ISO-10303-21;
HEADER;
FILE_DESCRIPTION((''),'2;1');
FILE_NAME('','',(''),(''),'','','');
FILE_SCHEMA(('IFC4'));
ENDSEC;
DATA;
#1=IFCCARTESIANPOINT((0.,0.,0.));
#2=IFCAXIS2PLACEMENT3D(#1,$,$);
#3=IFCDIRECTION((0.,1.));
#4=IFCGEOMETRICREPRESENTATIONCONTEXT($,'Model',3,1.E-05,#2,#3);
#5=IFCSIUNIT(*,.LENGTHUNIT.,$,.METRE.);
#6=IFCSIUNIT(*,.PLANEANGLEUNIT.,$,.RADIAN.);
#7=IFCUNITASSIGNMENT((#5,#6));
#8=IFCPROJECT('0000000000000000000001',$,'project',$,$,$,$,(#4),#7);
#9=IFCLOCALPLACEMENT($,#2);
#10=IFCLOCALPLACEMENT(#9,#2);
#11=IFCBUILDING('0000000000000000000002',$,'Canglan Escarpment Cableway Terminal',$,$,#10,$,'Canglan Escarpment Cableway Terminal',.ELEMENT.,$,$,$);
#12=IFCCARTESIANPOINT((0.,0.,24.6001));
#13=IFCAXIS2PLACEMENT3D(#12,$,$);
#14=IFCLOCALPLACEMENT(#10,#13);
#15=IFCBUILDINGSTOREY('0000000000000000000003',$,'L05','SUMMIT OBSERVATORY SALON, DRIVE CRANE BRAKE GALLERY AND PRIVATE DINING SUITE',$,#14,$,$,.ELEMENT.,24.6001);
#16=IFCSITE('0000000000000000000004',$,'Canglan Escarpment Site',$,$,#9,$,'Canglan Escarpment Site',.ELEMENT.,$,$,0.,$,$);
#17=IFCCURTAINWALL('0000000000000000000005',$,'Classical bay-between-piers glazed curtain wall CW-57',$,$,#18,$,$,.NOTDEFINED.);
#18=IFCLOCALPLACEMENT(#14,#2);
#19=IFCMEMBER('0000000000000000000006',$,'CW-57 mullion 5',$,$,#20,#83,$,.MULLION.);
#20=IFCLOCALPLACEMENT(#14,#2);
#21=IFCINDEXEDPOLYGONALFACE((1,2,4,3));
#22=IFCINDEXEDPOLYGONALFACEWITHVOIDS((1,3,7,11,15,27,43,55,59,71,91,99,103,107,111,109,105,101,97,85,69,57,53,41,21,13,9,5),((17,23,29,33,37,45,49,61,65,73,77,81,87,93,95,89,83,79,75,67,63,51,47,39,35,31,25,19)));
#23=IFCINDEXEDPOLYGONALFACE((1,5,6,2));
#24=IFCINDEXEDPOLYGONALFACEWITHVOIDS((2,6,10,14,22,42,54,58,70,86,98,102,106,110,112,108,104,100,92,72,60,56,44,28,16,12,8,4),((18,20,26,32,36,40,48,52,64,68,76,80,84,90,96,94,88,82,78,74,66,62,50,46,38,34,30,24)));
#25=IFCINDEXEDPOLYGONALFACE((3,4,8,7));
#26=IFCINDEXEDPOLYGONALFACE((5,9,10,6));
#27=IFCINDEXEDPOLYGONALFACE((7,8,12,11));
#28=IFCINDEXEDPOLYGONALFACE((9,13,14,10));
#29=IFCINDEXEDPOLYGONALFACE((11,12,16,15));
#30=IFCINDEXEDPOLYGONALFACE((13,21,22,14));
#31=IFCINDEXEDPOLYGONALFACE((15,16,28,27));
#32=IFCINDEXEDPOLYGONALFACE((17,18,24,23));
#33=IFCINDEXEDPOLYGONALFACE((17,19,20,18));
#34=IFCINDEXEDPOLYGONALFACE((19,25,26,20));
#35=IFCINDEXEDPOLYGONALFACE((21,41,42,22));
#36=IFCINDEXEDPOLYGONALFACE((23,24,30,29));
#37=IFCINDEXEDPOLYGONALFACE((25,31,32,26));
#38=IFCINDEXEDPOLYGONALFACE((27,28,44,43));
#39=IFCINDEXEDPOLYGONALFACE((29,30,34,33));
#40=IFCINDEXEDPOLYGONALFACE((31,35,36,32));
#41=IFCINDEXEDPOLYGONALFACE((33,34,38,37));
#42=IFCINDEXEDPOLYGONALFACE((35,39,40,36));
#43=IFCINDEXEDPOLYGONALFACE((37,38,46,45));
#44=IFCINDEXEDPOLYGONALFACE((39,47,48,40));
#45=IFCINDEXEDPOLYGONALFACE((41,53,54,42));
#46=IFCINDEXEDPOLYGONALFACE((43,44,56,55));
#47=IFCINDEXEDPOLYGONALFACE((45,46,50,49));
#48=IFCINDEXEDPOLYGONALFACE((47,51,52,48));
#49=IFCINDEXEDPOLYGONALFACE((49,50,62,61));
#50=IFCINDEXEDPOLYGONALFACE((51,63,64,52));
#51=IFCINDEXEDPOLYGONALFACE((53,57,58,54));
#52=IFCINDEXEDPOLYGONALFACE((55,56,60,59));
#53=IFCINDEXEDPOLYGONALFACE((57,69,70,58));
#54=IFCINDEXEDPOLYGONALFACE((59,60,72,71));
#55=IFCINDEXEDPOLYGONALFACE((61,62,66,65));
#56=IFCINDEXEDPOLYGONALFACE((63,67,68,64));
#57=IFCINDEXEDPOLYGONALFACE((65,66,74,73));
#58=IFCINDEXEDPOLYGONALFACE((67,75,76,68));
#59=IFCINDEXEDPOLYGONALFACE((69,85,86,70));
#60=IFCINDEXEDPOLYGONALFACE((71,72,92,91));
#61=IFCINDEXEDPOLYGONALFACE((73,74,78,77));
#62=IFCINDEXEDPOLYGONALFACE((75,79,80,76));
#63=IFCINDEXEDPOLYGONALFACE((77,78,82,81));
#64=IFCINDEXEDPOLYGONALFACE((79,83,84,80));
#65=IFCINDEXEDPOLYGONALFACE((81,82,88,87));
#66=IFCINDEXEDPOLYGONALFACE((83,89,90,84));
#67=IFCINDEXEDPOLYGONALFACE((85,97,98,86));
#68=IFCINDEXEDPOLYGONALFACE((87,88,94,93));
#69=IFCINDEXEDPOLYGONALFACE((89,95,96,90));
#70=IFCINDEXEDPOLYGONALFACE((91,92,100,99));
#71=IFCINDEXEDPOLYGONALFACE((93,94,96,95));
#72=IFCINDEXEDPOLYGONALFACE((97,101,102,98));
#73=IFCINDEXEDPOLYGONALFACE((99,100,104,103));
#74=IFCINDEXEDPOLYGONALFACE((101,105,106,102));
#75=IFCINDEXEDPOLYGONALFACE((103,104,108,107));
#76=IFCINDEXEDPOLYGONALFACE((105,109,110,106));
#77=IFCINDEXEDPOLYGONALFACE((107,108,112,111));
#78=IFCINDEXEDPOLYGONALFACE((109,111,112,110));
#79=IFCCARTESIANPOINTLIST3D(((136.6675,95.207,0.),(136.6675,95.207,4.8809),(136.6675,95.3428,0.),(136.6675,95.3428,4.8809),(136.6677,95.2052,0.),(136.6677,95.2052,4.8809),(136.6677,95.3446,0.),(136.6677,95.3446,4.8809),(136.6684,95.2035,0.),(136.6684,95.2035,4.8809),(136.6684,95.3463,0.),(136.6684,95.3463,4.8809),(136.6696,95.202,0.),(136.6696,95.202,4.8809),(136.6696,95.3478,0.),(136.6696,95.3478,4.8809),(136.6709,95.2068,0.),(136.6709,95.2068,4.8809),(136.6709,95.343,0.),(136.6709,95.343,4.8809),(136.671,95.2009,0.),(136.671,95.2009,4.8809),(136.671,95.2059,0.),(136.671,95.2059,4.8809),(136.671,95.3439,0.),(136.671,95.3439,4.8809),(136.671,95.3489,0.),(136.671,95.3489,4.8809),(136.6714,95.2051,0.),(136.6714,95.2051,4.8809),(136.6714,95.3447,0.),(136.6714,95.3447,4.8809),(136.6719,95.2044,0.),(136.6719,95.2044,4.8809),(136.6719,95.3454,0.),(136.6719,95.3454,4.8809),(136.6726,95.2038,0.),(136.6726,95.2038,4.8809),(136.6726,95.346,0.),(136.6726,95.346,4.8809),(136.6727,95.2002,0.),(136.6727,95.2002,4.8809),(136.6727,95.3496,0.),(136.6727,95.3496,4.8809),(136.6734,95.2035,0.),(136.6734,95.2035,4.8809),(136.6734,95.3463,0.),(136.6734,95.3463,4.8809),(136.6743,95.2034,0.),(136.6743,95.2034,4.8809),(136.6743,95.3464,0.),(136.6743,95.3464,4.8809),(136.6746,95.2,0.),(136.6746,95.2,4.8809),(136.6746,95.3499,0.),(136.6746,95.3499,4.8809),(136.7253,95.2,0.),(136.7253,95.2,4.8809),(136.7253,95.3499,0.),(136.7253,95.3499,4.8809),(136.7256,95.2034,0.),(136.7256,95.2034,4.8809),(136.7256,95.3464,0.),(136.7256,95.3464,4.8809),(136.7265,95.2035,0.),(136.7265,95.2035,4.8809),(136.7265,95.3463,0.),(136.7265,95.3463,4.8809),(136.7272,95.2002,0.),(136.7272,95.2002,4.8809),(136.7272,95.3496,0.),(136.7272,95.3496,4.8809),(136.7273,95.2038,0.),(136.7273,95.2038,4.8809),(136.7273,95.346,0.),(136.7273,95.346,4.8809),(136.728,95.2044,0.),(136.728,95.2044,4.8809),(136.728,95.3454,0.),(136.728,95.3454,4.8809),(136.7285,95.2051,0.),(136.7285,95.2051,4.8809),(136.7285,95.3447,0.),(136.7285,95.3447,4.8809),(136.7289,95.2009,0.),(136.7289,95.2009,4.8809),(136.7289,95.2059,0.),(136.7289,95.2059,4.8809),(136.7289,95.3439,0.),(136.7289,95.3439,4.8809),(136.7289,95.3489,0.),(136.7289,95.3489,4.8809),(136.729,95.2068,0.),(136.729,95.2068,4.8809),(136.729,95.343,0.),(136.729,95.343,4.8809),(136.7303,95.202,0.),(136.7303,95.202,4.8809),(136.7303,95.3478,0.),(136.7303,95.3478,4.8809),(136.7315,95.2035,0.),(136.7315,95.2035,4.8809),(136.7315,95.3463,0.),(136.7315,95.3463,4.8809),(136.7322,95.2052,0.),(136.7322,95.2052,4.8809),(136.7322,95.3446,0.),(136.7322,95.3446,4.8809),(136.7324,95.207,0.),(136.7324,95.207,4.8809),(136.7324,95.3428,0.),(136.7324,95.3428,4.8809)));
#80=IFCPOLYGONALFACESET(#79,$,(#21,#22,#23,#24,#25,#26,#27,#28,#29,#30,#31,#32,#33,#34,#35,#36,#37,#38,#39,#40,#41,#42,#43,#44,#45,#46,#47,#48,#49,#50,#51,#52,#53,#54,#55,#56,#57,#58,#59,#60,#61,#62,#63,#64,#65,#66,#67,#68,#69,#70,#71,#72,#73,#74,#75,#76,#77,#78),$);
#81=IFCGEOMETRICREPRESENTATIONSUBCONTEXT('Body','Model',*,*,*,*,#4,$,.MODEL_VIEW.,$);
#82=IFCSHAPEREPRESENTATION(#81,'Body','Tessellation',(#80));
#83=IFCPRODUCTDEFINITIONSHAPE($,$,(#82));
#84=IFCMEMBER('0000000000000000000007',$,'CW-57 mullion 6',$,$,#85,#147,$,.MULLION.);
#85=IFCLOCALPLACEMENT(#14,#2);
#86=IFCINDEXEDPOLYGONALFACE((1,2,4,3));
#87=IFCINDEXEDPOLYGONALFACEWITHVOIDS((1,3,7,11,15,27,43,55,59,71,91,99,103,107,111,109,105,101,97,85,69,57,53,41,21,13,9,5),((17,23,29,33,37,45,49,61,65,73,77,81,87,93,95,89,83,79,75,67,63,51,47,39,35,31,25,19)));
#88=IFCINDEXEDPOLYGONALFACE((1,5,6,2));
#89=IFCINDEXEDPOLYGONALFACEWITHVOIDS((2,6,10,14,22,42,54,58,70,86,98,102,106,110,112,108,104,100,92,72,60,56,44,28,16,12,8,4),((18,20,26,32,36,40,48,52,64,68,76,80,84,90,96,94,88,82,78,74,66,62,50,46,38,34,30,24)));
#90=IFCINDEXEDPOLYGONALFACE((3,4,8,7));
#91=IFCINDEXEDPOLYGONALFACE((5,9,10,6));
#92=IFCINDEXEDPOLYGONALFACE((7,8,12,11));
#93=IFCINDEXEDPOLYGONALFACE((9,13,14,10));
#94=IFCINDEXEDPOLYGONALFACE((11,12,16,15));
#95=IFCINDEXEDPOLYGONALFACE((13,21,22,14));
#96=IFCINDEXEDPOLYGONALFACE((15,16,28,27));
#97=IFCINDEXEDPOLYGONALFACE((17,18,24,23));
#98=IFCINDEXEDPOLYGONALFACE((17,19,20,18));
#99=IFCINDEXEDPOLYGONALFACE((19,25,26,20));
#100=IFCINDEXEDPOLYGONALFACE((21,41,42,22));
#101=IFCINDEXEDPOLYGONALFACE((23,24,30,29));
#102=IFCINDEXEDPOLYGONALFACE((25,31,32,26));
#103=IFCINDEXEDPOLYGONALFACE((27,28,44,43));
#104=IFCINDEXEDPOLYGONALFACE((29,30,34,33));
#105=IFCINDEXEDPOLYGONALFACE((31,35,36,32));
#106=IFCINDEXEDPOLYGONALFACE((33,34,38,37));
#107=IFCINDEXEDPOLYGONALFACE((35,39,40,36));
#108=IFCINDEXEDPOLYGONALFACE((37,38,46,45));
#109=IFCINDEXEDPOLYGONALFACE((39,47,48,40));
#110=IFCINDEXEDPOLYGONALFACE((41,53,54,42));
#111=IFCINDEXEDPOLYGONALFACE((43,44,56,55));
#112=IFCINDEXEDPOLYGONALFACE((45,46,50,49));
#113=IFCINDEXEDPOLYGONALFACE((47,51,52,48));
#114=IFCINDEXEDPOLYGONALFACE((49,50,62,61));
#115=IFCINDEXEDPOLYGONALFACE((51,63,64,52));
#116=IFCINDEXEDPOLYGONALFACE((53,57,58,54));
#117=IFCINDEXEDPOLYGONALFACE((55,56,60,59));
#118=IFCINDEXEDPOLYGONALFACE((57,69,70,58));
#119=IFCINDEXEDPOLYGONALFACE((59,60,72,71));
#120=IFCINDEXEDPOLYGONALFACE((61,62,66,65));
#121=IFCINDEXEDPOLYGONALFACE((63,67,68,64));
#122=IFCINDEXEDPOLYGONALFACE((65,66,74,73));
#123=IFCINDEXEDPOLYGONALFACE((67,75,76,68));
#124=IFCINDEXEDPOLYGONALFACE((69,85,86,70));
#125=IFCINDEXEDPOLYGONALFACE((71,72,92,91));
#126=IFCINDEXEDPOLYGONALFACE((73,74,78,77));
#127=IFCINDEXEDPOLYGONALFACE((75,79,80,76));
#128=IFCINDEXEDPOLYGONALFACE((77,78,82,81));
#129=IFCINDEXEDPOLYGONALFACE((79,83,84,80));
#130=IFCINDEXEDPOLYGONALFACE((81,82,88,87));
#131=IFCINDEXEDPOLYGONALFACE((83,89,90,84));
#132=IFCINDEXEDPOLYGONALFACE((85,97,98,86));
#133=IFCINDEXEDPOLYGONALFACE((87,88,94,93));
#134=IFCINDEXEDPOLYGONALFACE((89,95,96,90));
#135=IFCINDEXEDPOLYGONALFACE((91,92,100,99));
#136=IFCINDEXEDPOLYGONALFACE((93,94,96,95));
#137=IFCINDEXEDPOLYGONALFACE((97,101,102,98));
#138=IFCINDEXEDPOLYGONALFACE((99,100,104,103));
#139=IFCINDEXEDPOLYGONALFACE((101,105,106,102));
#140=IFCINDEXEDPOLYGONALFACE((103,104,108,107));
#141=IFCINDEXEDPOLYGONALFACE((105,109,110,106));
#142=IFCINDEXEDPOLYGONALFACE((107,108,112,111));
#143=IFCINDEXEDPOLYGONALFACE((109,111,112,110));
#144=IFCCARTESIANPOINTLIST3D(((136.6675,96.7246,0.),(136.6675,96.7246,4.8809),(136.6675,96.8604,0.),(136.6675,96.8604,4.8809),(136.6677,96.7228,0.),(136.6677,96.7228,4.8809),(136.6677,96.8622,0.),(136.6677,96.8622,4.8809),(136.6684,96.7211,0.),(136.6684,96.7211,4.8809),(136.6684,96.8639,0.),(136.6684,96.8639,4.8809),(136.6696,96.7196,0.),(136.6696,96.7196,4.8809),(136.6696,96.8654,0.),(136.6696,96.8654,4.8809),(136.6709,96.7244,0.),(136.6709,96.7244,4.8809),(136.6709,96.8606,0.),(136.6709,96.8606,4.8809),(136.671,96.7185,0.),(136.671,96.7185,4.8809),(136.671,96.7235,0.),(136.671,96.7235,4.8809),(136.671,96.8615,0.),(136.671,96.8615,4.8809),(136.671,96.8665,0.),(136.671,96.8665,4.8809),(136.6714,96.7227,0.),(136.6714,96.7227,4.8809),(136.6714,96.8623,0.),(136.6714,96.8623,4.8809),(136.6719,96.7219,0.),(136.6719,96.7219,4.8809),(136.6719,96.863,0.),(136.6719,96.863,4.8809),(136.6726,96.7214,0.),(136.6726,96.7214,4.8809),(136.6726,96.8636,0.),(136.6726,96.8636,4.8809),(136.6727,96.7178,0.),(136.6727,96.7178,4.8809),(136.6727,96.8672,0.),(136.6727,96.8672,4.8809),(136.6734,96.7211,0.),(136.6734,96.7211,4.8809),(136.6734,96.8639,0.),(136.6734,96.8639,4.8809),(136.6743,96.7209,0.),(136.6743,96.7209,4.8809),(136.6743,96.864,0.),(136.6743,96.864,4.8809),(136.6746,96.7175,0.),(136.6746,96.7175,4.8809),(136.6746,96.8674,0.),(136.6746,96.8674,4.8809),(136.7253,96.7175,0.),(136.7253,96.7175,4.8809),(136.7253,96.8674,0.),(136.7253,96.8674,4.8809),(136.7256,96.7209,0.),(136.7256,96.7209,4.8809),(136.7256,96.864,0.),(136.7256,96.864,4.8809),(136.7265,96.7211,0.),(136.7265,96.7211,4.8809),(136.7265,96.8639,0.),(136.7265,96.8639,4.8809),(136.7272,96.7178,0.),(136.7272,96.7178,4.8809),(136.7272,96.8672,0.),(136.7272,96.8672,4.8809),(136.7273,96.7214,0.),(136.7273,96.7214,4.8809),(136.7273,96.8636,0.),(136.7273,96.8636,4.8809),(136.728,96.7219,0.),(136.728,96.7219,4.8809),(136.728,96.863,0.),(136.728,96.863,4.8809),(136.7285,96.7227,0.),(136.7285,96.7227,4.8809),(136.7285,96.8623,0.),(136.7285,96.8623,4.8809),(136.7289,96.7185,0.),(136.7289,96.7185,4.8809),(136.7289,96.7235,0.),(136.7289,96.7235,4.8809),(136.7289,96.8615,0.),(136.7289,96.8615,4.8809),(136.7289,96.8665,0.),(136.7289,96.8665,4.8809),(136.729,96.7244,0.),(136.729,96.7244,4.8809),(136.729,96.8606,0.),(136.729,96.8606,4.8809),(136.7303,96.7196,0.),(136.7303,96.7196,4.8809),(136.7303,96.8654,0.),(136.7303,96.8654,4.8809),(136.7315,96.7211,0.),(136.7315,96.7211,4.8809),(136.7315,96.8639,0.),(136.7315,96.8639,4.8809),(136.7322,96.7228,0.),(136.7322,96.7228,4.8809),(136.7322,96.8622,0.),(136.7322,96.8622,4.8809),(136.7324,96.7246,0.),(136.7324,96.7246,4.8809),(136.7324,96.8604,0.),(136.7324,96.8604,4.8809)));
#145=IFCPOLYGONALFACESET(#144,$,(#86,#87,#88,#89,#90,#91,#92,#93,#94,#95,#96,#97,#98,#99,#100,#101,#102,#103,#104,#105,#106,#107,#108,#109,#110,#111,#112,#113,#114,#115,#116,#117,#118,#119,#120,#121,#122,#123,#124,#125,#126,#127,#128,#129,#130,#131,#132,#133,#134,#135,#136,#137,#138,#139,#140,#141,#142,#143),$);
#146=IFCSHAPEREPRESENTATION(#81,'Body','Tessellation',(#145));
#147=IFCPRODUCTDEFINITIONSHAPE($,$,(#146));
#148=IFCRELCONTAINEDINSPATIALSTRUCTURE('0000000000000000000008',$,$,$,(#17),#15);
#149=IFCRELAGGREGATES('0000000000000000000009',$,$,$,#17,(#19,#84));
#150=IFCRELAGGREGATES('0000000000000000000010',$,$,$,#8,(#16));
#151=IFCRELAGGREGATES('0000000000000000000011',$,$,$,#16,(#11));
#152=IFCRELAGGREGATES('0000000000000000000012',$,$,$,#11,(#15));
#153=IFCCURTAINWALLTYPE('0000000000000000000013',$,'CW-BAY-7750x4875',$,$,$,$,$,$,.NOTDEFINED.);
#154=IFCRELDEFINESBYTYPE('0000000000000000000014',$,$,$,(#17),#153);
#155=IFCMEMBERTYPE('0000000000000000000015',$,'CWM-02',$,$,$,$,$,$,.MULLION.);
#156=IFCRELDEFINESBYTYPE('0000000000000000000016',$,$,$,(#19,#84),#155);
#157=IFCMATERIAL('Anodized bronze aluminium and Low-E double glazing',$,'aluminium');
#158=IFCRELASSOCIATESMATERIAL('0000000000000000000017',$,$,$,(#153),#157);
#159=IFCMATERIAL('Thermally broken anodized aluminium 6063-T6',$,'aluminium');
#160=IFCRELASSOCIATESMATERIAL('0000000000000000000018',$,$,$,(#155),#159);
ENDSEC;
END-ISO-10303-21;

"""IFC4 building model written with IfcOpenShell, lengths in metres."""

from ifc_helpers import new_model, si_unit, direction, frame, origin, origin_2d, place, context, subcontext, project, spatial, hollow_rectangle, extrude, material, material_profile, profile_set, type_object, element, aggregate, save


model = new_model("IFC4")

# Units and contexts
model_context = context("Model", 3, precision=1e-05, world=origin(), true_north=direction((0.0, 1.0)))
body_context = subcontext(model_context, "Body", "Model", "MODEL_VIEW")
ifc_project = project(units=[si_unit("LENGTHUNIT", "METRE"), si_unit("PLANEANGLEUNIT", "RADIAN")], contexts=[model_context])

# Site, building, storey
site_placement = place(None, origin())
site = spatial("IfcSite", under=ifc_project, at=site_placement, Name="Canglan Escarpment Site", LongName="Canglan Escarpment Site", CompositionType="ELEMENT", RefElevation=0.0)
building_placement = place(site_placement, origin())
building = spatial("IfcBuilding", under=site, at=building_placement, Name="Canglan Escarpment Cableway Terminal", LongName="Canglan Escarpment Cableway Terminal", CompositionType="ELEMENT")
storey_placement = place(building_placement, frame((0.0, 0.0, 24.6001)))
storey = spatial("IfcBuildingStorey", under=building, at=storey_placement, Name="L05", Description="SUMMIT OBSERVATORY SALON, DRIVE CRANE BRAKE GALLERY AND PRIVATE DINING SUITE", CompositionType="ELEMENT", Elevation=24.6001)

# Curtain wall, members
ifc_material_1 = material(Name="Anodized bronze aluminium and Low-E double glazing", Category="aluminium")
curtain_wall_type = type_object("IfcCurtainWallType", Name="CW-BAY-7750x4875", PredefinedType="NOTDEFINED", material=ifc_material_1)
curtain_wall_placement = place(storey_placement, origin())
curtain_wall = element("IfcCurtainWall", 1, at=curtain_wall_placement, inside=storey, type_object=curtain_wall_type, Name="Classical bay-between-piers glazed curtain wall CW-57", PredefinedType="NOTDEFINED")
ifc_material_2 = material(Name="Thermally broken anodized aluminium 6063-T6", Category="aluminium")
ifc_material_profile_1 = material_profile(ifc_material_2, hollow_rectangle(XDim=0.0649, YDim=0.1499, WallThickness=0.0034, InnerFilletRadius=0.0034, OuterFilletRadius=0.0071, at=origin_2d()), Name="ALU-MULL 65x150x3.5")
ifc_profile_set_1 = profile_set([ifc_material_profile_1], Name="Thermally broken anodized aluminium 6063-T6")
member_type_1 = type_object("IfcMemberType", Name="CWM-02", PredefinedType="MULLION", material=ifc_profile_set_1)
member_1_placement = place(storey_placement, frame((136.7, 95.2749, 0.0), z_axis=(0.0, 0.0, 1.0), x_axis=(-1.0, 0.0, 0.0)))
member_1 = element("IfcMember", 2, at=member_1_placement, type_object=member_type_1, Name="CW-57 mullion 5", PredefinedType="MULLION", context=body_context, shape_type="SweptSolid", body=[
    extrude(hollow_rectangle(XDim=0.0649, YDim=0.1499, WallThickness=0.0034, InnerFilletRadius=0.0034, OuterFilletRadius=0.0071, at=origin_2d()), origin(), (0.0, 0.0, 1.0), 4.8809),
])
member_2_placement = place(storey_placement, frame((136.7, 96.7925, 0.0), z_axis=(0.0, 0.0, 1.0), x_axis=(-1.0, 0.0, 0.0)))
member_2 = element("IfcMember", 3, at=member_2_placement, type_object=member_type_1, Name="CW-57 mullion 6", PredefinedType="MULLION", context=body_context, shape_type="SweptSolid", body=[
    extrude(hollow_rectangle(XDim=0.0649, YDim=0.1499, WallThickness=0.0034, InnerFilletRadius=0.0034, OuterFilletRadius=0.0071, at=origin_2d()), origin(), (0.0, 0.0, 1.0), 4.8809),
])
aggregate(curtain_wall, [member_1, member_2])

save(model, "model.ifc")
